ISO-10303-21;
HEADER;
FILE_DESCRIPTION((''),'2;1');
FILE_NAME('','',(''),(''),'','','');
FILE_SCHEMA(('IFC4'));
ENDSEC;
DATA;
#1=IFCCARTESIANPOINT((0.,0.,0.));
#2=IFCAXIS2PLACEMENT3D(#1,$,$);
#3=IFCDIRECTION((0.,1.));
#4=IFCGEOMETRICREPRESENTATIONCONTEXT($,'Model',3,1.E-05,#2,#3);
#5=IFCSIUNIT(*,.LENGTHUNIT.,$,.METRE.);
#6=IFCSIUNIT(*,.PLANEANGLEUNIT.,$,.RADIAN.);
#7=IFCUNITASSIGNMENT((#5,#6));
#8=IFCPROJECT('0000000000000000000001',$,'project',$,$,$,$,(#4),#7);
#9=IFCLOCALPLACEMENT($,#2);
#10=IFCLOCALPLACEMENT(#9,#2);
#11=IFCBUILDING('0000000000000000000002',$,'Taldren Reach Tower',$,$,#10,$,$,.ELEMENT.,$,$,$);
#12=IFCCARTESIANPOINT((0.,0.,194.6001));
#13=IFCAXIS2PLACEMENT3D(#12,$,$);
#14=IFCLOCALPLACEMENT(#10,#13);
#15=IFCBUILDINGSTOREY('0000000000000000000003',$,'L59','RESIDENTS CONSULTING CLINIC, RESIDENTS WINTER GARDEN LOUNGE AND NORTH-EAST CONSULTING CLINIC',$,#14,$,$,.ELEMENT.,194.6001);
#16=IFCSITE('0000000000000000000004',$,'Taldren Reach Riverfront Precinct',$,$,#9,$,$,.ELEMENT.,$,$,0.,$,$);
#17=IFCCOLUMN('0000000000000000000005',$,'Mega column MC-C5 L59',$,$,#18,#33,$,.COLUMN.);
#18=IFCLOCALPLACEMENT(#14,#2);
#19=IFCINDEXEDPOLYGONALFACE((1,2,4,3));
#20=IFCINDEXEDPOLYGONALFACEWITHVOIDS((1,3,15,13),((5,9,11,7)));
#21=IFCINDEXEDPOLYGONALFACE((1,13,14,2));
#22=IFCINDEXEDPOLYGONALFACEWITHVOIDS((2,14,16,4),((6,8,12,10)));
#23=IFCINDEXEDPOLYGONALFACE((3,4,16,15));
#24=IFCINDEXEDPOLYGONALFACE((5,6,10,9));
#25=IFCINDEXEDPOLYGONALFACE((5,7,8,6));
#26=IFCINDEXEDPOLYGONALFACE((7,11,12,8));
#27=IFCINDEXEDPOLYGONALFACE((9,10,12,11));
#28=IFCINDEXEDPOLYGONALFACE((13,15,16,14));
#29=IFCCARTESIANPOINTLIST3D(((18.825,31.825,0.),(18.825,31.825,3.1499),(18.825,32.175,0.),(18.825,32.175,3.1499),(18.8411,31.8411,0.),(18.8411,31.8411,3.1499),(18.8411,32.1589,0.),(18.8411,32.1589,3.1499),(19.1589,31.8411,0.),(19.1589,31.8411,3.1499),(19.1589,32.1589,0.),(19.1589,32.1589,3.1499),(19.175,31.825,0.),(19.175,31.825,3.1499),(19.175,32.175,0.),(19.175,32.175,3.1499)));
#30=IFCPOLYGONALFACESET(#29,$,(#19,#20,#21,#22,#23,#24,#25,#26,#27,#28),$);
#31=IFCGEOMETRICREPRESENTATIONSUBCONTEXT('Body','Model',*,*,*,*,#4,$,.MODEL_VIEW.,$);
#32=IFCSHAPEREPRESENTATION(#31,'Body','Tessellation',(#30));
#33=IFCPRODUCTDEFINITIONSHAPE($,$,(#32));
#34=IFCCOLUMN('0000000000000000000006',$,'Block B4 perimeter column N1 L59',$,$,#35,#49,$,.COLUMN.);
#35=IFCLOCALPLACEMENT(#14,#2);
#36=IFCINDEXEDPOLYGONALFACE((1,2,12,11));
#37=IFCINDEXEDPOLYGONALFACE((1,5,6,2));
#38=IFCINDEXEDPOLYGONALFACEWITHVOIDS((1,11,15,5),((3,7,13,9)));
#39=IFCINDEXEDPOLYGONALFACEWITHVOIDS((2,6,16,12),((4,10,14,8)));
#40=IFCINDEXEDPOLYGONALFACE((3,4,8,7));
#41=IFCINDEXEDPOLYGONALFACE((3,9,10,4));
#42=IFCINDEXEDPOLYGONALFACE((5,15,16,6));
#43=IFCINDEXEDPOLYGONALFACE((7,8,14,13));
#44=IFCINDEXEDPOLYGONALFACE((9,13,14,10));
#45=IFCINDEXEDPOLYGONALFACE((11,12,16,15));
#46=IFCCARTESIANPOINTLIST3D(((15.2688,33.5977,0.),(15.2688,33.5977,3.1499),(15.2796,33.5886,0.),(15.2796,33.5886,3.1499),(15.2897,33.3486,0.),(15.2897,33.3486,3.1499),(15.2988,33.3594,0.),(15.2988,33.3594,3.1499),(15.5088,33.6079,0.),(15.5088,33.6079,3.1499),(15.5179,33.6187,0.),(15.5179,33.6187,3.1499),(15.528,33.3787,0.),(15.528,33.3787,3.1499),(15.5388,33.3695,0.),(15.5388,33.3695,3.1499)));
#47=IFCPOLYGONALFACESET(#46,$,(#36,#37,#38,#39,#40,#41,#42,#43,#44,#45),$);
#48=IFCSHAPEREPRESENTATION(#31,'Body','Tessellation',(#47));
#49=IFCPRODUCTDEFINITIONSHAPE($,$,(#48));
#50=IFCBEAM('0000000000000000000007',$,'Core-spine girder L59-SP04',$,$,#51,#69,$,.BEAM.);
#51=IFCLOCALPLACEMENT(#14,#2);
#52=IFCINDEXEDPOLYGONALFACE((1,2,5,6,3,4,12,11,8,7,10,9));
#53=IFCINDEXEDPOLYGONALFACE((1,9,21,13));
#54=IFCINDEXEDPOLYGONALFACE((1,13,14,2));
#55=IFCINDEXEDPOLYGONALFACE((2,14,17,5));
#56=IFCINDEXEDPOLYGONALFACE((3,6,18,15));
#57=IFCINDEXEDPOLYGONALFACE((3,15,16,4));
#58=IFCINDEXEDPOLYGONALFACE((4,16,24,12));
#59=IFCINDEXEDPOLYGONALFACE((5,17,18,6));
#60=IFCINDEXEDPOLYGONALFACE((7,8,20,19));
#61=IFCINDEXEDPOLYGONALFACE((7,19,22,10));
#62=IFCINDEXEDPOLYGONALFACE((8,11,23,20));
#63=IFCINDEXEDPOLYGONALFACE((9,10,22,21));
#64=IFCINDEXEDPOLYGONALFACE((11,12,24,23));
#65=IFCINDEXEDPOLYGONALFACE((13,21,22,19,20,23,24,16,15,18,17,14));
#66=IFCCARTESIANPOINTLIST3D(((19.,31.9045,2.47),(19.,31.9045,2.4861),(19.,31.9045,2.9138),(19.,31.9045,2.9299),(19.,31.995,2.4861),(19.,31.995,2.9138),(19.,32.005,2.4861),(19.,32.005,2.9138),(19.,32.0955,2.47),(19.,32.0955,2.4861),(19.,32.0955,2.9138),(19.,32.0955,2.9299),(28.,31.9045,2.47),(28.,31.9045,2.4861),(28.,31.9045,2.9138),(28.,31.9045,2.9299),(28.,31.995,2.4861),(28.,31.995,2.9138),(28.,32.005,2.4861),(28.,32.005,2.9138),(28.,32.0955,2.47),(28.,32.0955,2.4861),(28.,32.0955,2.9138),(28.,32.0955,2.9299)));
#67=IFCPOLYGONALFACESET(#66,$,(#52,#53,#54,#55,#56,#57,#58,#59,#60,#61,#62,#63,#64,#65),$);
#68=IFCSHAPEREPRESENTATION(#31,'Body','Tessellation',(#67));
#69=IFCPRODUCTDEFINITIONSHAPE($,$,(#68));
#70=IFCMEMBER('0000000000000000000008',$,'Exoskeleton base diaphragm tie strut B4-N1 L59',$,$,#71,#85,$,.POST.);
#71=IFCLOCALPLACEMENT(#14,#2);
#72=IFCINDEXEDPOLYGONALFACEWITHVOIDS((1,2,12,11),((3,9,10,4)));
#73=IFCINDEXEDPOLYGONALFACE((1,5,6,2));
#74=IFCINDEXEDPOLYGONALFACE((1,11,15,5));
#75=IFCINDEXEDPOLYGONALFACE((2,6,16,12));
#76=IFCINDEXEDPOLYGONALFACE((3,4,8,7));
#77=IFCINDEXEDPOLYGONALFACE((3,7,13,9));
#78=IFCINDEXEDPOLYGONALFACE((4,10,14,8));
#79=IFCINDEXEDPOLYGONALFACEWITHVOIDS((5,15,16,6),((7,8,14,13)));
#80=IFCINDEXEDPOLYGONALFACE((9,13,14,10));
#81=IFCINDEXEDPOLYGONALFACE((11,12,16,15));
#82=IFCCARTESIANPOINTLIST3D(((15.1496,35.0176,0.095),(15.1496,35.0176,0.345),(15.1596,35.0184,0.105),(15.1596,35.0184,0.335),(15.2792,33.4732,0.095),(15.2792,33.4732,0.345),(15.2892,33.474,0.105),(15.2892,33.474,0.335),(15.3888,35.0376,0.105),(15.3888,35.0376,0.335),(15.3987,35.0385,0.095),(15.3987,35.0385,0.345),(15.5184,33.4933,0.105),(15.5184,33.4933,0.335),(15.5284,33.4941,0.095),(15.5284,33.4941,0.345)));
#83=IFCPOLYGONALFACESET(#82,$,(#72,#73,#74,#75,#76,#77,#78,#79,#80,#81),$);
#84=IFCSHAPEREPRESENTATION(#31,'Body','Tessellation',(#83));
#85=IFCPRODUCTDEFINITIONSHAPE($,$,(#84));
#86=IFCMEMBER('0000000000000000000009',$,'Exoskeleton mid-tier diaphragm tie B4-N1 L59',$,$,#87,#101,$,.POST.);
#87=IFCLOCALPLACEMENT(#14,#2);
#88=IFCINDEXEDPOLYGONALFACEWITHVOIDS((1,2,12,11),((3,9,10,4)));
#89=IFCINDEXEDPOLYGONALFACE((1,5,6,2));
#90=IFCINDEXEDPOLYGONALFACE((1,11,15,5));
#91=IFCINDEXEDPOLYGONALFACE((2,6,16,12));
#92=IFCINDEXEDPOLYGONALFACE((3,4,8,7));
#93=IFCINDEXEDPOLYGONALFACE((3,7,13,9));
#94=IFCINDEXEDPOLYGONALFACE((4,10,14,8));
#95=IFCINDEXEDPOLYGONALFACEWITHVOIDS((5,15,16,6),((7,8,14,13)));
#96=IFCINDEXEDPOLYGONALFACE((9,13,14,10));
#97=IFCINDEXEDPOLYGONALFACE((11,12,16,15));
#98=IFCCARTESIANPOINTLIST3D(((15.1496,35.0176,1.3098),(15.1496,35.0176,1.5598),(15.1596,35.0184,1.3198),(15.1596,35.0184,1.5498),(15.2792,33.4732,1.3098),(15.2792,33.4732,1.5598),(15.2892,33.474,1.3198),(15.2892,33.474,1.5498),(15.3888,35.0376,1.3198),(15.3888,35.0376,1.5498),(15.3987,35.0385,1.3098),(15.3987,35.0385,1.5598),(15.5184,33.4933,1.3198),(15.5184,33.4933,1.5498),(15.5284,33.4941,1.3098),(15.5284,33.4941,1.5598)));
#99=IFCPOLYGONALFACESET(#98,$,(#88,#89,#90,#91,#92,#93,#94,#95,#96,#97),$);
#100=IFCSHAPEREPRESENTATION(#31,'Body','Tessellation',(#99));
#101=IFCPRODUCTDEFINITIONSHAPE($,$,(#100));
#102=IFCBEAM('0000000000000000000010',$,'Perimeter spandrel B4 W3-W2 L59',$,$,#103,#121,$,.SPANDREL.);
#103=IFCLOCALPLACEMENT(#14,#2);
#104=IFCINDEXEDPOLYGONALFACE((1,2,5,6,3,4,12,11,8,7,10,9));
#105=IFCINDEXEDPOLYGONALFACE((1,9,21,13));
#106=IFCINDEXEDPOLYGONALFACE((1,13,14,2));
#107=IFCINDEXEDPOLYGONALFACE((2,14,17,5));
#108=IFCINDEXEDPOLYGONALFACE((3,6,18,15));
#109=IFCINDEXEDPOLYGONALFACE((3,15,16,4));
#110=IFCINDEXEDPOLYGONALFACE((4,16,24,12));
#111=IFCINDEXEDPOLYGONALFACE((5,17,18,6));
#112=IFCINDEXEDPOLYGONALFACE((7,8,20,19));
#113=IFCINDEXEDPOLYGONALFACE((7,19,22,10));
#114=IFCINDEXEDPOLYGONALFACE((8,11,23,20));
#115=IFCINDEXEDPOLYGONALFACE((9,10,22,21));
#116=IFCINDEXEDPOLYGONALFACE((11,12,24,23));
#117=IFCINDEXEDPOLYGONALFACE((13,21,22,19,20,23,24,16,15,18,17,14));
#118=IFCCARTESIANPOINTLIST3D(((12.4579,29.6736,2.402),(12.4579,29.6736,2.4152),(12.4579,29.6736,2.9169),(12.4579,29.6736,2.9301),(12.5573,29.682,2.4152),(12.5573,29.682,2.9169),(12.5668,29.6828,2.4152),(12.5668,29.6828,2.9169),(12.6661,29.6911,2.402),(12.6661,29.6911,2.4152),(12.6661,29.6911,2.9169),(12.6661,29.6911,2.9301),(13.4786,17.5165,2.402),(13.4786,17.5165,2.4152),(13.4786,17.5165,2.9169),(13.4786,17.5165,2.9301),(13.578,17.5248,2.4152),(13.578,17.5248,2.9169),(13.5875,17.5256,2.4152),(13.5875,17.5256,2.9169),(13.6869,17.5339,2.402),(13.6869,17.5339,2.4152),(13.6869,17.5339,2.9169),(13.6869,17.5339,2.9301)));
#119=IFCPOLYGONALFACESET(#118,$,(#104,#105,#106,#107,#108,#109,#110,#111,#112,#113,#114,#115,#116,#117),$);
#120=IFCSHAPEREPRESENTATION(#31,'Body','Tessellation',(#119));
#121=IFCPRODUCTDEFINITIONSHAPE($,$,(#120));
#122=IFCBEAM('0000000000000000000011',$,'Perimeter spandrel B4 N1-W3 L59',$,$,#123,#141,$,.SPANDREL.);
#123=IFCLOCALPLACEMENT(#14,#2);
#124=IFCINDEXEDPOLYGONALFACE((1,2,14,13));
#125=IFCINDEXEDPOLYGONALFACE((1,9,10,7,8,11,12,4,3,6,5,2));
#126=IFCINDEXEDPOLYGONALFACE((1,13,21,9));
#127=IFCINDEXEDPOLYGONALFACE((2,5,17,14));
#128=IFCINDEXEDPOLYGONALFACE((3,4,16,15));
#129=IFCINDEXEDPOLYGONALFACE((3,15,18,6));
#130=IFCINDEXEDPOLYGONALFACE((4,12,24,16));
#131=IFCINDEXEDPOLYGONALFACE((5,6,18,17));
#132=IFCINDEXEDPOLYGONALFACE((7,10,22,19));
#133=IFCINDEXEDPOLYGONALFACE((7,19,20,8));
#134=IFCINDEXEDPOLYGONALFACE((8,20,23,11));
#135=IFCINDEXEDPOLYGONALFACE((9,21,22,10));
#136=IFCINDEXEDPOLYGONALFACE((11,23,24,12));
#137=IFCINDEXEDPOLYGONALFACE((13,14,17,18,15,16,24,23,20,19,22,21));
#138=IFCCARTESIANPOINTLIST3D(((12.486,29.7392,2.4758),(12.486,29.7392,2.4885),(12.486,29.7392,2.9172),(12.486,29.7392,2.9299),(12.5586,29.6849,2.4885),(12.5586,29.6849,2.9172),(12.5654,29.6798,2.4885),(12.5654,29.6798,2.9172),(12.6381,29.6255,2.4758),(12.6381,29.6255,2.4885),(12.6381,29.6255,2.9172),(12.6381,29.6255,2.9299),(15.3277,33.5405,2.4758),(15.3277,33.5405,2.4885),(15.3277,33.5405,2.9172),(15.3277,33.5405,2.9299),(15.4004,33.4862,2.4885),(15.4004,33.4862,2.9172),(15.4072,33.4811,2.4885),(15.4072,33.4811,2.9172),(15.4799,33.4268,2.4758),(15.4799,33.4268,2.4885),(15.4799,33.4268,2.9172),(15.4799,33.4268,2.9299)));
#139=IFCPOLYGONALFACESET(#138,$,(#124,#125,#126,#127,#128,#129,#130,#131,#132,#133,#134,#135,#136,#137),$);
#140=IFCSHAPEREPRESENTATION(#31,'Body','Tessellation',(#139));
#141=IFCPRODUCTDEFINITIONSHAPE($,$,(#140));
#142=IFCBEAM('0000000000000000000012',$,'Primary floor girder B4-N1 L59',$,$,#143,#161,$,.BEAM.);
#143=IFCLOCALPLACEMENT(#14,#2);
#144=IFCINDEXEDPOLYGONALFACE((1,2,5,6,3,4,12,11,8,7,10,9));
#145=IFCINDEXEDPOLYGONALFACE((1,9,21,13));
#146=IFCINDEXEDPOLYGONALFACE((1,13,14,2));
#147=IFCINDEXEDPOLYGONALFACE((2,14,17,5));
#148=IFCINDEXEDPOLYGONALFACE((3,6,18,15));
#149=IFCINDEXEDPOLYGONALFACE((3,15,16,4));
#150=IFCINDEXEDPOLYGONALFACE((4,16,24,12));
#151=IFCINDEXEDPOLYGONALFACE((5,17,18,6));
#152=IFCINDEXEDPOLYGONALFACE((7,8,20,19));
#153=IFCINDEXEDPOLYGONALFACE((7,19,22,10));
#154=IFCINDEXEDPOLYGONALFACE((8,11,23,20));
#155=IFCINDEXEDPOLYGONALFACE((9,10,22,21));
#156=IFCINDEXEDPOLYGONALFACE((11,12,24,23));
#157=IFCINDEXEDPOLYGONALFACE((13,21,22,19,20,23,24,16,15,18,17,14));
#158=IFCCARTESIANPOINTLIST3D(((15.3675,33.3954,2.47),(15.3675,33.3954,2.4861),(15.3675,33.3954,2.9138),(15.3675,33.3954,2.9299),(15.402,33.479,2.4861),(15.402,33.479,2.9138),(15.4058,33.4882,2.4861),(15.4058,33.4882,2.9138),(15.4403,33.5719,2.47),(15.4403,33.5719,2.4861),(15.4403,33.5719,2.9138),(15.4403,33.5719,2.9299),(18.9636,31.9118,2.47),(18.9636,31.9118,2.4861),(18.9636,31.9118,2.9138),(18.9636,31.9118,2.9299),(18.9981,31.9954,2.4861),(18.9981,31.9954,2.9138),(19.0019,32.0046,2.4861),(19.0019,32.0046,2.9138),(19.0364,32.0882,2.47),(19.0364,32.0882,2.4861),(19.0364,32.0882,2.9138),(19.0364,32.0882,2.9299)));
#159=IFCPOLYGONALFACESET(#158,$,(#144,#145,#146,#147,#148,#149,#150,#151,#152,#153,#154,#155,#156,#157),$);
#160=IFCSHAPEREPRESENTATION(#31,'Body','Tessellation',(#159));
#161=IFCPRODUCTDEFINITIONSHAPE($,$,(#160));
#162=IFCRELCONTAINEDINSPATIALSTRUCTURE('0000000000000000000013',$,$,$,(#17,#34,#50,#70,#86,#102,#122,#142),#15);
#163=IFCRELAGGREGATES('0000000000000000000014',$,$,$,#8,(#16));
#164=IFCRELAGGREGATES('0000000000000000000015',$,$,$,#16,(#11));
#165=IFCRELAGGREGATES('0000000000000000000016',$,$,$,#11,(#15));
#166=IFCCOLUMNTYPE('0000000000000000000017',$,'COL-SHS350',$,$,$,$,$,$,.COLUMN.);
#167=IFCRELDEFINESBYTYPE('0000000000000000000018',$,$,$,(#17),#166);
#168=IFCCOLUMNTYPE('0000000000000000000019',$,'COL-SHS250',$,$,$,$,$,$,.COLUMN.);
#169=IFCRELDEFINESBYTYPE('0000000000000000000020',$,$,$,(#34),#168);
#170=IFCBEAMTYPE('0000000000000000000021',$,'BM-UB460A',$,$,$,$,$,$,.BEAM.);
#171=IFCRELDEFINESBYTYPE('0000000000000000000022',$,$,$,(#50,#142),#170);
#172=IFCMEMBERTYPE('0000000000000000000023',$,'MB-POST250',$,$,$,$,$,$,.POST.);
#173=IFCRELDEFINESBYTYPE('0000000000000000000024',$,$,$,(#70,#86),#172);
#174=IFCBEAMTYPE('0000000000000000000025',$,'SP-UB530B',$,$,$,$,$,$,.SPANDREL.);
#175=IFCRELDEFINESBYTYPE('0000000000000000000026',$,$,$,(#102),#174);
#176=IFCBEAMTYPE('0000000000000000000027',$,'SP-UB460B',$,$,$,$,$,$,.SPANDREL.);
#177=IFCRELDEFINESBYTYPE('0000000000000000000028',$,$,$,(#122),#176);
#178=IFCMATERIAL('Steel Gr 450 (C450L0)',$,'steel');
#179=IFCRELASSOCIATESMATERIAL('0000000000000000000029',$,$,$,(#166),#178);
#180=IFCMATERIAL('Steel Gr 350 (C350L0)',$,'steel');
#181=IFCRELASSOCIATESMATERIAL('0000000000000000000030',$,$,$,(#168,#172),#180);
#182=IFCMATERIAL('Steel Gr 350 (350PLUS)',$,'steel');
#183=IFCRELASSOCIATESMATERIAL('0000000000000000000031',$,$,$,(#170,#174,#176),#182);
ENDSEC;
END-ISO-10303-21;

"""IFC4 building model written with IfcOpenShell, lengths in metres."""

from ifc_helpers import new_model, si_unit, direction, frame, origin, origin_2d, place, context, subcontext, project, spatial, hollow_rectangle, i_section, extrude, source, transform, mapped, material, material_profile, profile_set, type_object, element, save


model = new_model("IFC4")

# Units and contexts
model_context = context("Model", 3, precision=1e-05, world=origin(), true_north=direction((0.0, 1.0)))
body_context = subcontext(model_context, "Body", "Model", "MODEL_VIEW")
ifc_project = project(units=[si_unit("LENGTHUNIT", "METRE"), si_unit("PLANEANGLEUNIT", "RADIAN")], contexts=[model_context])

# Site, building, storey
site_placement = place(None, origin())
site = spatial("IfcSite", under=ifc_project, at=site_placement, Name="Taldren Reach Riverfront Precinct", CompositionType="ELEMENT", RefElevation=0.0)
building_placement = place(site_placement, origin())
building = spatial("IfcBuilding", under=site, at=building_placement, Name="Taldren Reach Tower", CompositionType="ELEMENT")
storey_placement = place(building_placement, frame((0.0, 0.0, 194.6001)))
storey = spatial("IfcBuildingStorey", under=building, at=storey_placement, Name="L59", Description="RESIDENTS CONSULTING CLINIC, RESIDENTS WINTER GARDEN LOUNGE AND NORTH-EAST CONSULTING CLINIC", CompositionType="ELEMENT", Elevation=194.6001)

# Columns
ifc_material_1 = material(Name="Steel Gr 450 (C450L0)", Category="steel")
ifc_material_profile_1 = material_profile(ifc_material_1, hollow_rectangle(XDim=0.3501, YDim=0.3501, WallThickness=0.0161, at=origin_2d()), Name="350x350x16.0SHS")
ifc_profile_set_1 = profile_set([ifc_material_profile_1], Name="Steel Gr 450 (C450L0)")
column_type_1 = type_object("IfcColumnType", Name="COL-SHS350", PredefinedType="COLUMN", material=ifc_profile_set_1)
shared_shape_1 = source(origin(), body_context, "Body", "SweptSolid", [
    extrude(hollow_rectangle(XDim=0.3501, YDim=0.3501, WallThickness=0.0161, at=origin_2d()), origin(), (0.0, 0.0, 1.0), 3.1499),
])
column_1_placement = place(storey_placement, frame((19.0, 32.0, 0.0), z_axis=(0.0, 0.0, 1.0), x_axis=(1.0, 0.0, 0.0)))
element("IfcColumn", 1, at=column_1_placement, inside=storey, type_object=column_type_1, Name="Mega column MC-C5 L59", PredefinedType="COLUMN", context=body_context, shape_type="MappedRepresentation", body=[
    mapped(shared_shape_1, transform((0.0, 0.0, 0.0), scale=1.0)),
])
ifc_material_2 = material(Name="Steel Gr 350 (C350L0)", Category="steel")
ifc_material_profile_2 = material_profile(ifc_material_2, hollow_rectangle(XDim=0.25, YDim=0.25, WallThickness=0.01, at=origin_2d()), Name="250x250x10.0SHS")
ifc_profile_set_2 = profile_set([ifc_material_profile_2], Name="Steel Gr 350 (C350L0)")
column_type_2 = type_object("IfcColumnType", Name="COL-SHS250", PredefinedType="COLUMN", material=ifc_profile_set_2)
shared_shape_2 = source(origin(), body_context, "Body", "SweptSolid", [
    extrude(hollow_rectangle(XDim=0.25, YDim=0.25, WallThickness=0.01, at=origin_2d()), origin(), (0.0, 0.0, 1.0), 3.1499),
])
column_2_placement = place(storey_placement, frame((15.4038, 33.4836, 0.0), z_axis=(0.0, 0.0, 1.0), x_axis=(0.996493, 0.083678, 0.0)))
element("IfcColumn", 2, at=column_2_placement, inside=storey, type_object=column_type_2, Name="Block B4 perimeter column N1 L59", PredefinedType="COLUMN", context=body_context, shape_type="MappedRepresentation", body=[
    mapped(shared_shape_2, transform((0.0, 0.0, 0.0), scale=1.0)),
])

# Beam
ifc_material_3 = material(Name="Steel Gr 350 (350PLUS)", Category="steel")
ifc_material_profile_3 = material_profile(ifc_material_3, i_section(OverallWidth=0.1909, OverallDepth=0.46, WebThickness=0.01, FlangeThickness=0.0161, at=origin_2d()), Name="460UB82.1")
ifc_profile_set_3 = profile_set([ifc_material_profile_3], Name="Steel Gr 350 (350PLUS)")
beam_type_1 = type_object("IfcBeamType", Name="BM-UB460A", PredefinedType="BEAM", material=ifc_profile_set_3)
shared_shape_3 = source(origin(), body_context, "Body", "SweptSolid", [
    extrude(i_section(OverallWidth=0.1909, OverallDepth=0.46, WebThickness=0.01, FlangeThickness=0.0161, at=origin_2d()), origin(), (0.0, 0.0, 1.0), 9.0),
])
beam_1_placement = place(storey_placement, frame((19.0, 32.0, 2.7), z_axis=(1.0, 0.0, 0.0), x_axis=(0.0, 1.0, 0.0)))
element("IfcBeam", 3, at=beam_1_placement, inside=storey, type_object=beam_type_1, Name="Core-spine girder L59-SP04", PredefinedType="BEAM", context=body_context, shape_type="MappedRepresentation", body=[
    mapped(shared_shape_3, transform((0.0, 0.0, 0.0), scale=1.0)),
])

# Members
ifc_material_profile_4 = material_profile(ifc_material_2, hollow_rectangle(XDim=0.25, YDim=0.25, WallThickness=0.01, at=origin_2d()), Name="250x250x10.0SHS")
ifc_profile_set_4 = profile_set([ifc_material_profile_4], Name="Steel Gr 350 (C350L0)")
member_type_1 = type_object("IfcMemberType", Name="MB-POST250", PredefinedType="POST", material=ifc_profile_set_4)
shared_shape_4 = source(origin(), body_context, "Body", "SweptSolid", [
    extrude(hollow_rectangle(XDim=0.25, YDim=0.25, WallThickness=0.01, at=origin_2d()), origin(), (0.0, 0.0, 1.0), 1.5498),
])
for number, where, z_axis, x_axis, name in (
    (4, (15.4038, 33.4836, 0.22), (-0.083645, 0.996496, 0.0), (-0.996496, -0.083645, 0.0), "Exoskeleton base diaphragm tie strut B4-N1 L59"),
    (5, (15.4038, 33.4836, 1.4348), (-0.083645, 0.996496, 0.0), (-0.996496, -0.083645, 0.0), "Exoskeleton mid-tier diaphragm tie B4-N1 L59"),
):
    element("IfcMember", number, at=place(storey_placement, frame(where, z_axis=z_axis, x_axis=x_axis)), inside=storey, type_object=member_type_1, Name=name, PredefinedType="POST", context=body_context, shape_type="MappedRepresentation", body=[
        mapped(shared_shape_4, transform((0.0, 0.0, 0.0), scale=1.0)),
    ])

# Beams
ifc_material_profile_5 = material_profile(ifc_material_3, i_section(OverallWidth=0.209, OverallDepth=0.5281, WebThickness=0.0095, FlangeThickness=0.0132, at=origin_2d()), Name="530UB82.0")
ifc_profile_set_5 = profile_set([ifc_material_profile_5], Name="Steel Gr 350 (350PLUS)")
beam_type_2 = type_object("IfcBeamType", Name="SP-UB530B", PredefinedType="SPANDREL", material=ifc_profile_set_5)
shared_shape_5 = source(origin(), body_context, "Body", "SweptSolid", [
    extrude(i_section(OverallWidth=0.209, OverallDepth=0.5281, WebThickness=0.0095, FlangeThickness=0.0132, at=origin_2d()), origin(), (0.0, 0.0, 1.0), 12.2),
])
beam_2_placement = place(storey_placement, frame((12.562, 29.6824, 2.666), z_axis=(0.083668, -0.996494, 0.0), x_axis=(0.996494, 0.083668, 0.0)))
element("IfcBeam", 6, at=beam_2_placement, inside=storey, type_object=beam_type_2, Name="Perimeter spandrel B4 W3-W2 L59", PredefinedType="SPANDREL", context=body_context, shape_type="MappedRepresentation", body=[
    mapped(shared_shape_5, transform((0.0, 0.0, 0.0), scale=1.0)),
])
ifc_material_profile_6 = material_profile(ifc_material_3, i_section(OverallWidth=0.1899, OverallDepth=0.4541, WebThickness=0.0085, FlangeThickness=0.0127, at=origin_2d()), Name="460UB67.1")
ifc_profile_set_6 = profile_set([ifc_material_profile_6], Name="Steel Gr 350 (350PLUS)")
beam_type_3 = type_object("IfcBeamType", Name="SP-UB460B", PredefinedType="SPANDREL", material=ifc_profile_set_6)
shared_shape_6 = source(origin(), body_context, "Body", "SweptSolid", [
    extrude(i_section(OverallWidth=0.1899, OverallDepth=0.4541, WebThickness=0.0085, FlangeThickness=0.0127, at=origin_2d()), origin(), (0.0, 0.0, 1.0), 4.7461),
])
beam_3_placement = place(storey_placement, frame((15.4038, 33.4836, 2.7029), z_axis=(-0.598765, -0.800925, 0.0), x_axis=(0.800925, -0.598765, 0.0)))
element("IfcBeam", 7, at=beam_3_placement, inside=storey, type_object=beam_type_3, Name="Perimeter spandrel B4 N1-W3 L59", PredefinedType="SPANDREL", context=body_context, shape_type="MappedRepresentation", body=[
    mapped(shared_shape_6, transform((0.0, 0.0, 0.0), scale=1.0)),
])
shared_shape_7 = source(origin(), body_context, "Body", "SweptSolid", [
    extrude(i_section(OverallWidth=0.1909, OverallDepth=0.46, WebThickness=0.01, FlangeThickness=0.0161, at=origin_2d()), origin(), (0.0, 0.0, 1.0), 3.8901),
])
beam_4_placement = place(storey_placement, frame((19.0, 32.0, 2.7), z_axis=(-0.924419, 0.381378, 0.0), x_axis=(-0.381378, -0.924419, 0.0)))
element("IfcBeam", 8, at=beam_4_placement, inside=storey, type_object=beam_type_1, Name="Primary floor girder B4-N1 L59", PredefinedType="BEAM", context=body_context, shape_type="MappedRepresentation", body=[
    mapped(shared_shape_7, transform((0.0, 0.0, 0.0), scale=1.0)),
])

save(model, "model.ifc")
